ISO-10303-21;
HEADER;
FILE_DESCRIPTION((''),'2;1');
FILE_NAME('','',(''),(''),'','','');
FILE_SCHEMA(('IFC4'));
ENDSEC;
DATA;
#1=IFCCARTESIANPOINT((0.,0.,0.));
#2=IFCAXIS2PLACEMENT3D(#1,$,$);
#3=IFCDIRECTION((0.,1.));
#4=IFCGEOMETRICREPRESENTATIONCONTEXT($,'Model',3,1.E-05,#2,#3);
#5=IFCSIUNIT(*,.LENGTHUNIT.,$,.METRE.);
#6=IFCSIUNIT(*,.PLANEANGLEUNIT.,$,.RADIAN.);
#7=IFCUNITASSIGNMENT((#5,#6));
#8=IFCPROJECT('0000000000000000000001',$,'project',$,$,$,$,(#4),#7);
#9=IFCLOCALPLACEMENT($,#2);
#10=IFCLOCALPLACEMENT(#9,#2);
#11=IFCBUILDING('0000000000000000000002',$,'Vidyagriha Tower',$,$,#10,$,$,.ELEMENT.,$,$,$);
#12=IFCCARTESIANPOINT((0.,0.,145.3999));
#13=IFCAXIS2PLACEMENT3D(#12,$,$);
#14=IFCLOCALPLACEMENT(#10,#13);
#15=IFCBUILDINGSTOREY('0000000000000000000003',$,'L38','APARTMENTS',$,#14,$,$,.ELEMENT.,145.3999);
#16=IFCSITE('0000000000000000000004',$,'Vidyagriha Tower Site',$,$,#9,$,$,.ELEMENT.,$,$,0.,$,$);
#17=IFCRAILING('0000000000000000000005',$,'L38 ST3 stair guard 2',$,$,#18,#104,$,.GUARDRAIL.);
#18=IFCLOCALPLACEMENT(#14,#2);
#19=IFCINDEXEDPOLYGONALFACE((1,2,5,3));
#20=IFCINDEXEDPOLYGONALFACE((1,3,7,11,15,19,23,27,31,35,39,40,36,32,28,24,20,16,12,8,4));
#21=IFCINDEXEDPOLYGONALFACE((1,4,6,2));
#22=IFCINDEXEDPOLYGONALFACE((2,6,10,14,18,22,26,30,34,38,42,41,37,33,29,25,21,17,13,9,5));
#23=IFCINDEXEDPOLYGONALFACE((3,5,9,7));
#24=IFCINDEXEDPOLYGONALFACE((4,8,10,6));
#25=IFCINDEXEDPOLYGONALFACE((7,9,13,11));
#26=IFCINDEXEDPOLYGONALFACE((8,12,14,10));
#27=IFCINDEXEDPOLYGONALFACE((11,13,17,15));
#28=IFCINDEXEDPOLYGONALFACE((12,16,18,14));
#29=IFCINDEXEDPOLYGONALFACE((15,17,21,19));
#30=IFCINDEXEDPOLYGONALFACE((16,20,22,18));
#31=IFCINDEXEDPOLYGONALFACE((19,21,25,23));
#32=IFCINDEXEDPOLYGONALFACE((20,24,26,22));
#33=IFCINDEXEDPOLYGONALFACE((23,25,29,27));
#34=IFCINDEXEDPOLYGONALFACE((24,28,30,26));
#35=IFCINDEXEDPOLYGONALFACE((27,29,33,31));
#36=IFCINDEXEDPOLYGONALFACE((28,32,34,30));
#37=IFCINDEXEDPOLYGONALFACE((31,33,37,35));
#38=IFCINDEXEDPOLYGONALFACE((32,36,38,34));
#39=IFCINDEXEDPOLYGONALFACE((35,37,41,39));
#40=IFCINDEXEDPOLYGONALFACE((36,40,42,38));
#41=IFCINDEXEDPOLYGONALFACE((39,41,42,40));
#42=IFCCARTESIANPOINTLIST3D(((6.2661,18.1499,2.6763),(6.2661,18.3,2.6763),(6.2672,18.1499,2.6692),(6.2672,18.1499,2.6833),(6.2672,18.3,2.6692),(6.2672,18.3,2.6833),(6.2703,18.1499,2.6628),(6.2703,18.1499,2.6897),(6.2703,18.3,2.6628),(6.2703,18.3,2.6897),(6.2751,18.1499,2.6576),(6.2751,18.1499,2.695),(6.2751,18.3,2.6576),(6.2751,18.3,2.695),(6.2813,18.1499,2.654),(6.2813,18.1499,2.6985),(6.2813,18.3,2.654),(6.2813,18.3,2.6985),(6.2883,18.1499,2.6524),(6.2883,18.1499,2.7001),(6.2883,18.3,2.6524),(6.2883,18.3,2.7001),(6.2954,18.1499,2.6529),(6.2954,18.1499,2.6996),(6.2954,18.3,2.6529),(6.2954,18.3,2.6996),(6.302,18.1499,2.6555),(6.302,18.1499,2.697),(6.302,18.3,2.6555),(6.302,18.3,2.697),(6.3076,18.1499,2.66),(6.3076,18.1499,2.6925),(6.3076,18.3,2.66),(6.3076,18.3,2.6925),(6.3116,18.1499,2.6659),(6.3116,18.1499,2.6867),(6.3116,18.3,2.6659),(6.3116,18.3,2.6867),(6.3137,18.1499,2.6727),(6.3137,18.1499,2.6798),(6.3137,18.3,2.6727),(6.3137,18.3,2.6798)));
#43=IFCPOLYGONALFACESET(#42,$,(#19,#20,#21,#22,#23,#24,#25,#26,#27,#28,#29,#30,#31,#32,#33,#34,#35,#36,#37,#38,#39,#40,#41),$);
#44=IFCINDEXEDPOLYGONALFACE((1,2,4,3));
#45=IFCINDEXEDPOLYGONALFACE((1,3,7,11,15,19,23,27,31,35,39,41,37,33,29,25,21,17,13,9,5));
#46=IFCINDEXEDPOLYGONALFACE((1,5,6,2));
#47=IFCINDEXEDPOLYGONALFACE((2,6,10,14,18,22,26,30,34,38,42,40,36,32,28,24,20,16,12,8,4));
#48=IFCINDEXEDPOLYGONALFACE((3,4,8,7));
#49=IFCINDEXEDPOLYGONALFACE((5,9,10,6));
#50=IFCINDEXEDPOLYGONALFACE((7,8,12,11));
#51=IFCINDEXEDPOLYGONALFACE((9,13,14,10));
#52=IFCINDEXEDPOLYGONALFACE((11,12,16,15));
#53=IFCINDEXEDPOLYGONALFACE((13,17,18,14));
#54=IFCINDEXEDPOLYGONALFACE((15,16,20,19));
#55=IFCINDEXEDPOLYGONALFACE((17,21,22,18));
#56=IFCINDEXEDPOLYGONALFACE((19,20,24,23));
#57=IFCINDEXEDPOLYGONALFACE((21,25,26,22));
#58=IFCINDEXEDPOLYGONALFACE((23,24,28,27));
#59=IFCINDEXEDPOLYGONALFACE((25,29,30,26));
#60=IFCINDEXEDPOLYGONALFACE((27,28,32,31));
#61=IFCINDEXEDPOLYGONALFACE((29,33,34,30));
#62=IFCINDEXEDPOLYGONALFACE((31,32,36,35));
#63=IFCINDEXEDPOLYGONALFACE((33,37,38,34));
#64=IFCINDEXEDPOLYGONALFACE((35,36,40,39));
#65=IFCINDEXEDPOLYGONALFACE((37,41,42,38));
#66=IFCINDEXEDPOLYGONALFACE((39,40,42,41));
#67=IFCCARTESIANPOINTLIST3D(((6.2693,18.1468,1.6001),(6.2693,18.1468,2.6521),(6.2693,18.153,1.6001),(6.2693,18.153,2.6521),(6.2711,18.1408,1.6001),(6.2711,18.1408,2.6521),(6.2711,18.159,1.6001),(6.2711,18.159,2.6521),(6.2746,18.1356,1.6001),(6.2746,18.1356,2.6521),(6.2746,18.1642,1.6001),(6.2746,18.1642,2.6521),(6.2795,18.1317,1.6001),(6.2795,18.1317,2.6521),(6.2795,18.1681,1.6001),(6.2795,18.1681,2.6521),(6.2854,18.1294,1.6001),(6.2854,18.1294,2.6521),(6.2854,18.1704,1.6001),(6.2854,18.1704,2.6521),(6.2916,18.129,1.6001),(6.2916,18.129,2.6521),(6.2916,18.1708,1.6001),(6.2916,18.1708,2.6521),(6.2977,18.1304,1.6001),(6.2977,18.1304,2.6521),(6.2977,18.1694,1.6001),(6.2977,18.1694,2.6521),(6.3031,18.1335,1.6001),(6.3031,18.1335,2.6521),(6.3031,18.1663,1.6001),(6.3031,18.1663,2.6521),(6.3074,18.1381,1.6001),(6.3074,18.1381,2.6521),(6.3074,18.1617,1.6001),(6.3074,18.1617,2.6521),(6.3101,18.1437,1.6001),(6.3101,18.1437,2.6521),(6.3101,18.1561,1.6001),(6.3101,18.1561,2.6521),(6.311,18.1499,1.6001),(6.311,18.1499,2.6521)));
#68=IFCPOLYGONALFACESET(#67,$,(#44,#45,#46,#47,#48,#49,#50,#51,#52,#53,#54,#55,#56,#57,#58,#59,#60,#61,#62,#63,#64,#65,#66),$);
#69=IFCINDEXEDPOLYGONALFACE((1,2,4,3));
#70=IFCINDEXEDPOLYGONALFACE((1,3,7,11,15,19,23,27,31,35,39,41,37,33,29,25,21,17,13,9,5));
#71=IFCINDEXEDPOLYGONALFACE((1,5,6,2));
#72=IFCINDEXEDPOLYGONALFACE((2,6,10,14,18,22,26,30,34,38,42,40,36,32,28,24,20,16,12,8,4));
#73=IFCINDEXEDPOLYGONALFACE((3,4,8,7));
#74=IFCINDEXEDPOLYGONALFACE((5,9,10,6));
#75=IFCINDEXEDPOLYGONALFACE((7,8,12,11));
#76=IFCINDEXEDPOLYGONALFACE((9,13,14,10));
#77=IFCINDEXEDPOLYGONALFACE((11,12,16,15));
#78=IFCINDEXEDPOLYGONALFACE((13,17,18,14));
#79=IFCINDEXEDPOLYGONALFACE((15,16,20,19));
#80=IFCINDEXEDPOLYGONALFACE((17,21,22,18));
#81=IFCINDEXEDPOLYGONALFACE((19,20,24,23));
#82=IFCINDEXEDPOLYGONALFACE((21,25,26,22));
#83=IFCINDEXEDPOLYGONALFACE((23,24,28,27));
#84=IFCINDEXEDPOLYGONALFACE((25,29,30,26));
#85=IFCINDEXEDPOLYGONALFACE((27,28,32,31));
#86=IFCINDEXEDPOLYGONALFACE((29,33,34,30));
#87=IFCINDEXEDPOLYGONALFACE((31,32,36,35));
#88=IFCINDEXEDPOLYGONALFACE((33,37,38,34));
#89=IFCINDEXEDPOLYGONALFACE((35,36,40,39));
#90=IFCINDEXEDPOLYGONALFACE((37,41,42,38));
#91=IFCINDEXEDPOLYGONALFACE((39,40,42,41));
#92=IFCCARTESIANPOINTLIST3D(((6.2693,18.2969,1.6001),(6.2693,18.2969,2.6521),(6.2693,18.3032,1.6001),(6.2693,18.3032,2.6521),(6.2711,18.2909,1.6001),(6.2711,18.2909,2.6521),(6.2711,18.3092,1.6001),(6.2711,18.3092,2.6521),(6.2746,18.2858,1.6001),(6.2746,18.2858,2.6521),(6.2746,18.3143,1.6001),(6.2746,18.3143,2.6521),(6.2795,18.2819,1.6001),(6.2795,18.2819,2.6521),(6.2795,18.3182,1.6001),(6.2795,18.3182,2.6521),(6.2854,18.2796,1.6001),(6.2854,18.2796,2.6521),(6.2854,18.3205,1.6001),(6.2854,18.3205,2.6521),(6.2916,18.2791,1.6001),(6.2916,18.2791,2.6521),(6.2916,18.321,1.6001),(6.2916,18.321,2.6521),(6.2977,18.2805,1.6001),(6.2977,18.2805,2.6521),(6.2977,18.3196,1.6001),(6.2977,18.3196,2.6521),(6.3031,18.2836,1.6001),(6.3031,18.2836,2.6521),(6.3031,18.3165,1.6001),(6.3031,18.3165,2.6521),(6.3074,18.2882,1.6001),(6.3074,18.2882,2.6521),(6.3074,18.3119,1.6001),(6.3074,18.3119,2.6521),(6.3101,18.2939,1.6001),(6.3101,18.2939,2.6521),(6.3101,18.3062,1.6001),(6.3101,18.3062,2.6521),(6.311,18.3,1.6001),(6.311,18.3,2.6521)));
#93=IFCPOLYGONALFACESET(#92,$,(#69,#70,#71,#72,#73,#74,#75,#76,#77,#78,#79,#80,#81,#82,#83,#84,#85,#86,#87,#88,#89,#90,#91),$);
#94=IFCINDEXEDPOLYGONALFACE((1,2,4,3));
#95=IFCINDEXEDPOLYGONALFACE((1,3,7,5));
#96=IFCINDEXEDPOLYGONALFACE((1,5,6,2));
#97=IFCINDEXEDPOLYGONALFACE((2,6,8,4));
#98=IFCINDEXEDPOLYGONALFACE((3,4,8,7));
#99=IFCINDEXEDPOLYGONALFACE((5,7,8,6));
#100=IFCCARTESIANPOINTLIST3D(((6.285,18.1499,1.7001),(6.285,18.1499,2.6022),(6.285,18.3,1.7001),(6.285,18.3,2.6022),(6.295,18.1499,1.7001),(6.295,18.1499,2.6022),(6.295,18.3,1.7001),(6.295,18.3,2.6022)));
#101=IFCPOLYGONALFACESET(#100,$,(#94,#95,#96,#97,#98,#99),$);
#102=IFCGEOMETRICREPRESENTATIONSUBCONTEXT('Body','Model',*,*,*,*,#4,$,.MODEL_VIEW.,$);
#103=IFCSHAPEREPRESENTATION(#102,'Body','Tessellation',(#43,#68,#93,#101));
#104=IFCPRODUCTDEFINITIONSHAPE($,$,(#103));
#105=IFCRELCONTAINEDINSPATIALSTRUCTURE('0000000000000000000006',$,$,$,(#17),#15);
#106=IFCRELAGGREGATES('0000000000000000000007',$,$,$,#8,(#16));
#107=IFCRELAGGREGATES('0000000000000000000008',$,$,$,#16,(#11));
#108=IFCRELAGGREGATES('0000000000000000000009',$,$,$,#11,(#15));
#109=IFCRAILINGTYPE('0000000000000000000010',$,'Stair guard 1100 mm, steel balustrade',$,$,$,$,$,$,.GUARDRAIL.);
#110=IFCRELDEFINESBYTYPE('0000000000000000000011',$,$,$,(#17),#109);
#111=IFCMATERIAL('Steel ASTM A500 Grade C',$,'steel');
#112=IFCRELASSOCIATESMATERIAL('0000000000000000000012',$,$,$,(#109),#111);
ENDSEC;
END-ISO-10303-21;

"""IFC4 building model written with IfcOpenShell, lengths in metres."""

from ifc_helpers import new_model, si_unit, direction, frame, origin, origin_2d, place, context, subcontext, project, spatial, rectangle, circle, extrude, material, type_object, element, save


model = new_model("IFC4")

# Units and contexts
model_context = context("Model", 3, precision=1e-05, world=origin(), true_north=direction((0.0, 1.0)))
body_context = subcontext(model_context, "Body", "Model", "MODEL_VIEW")
ifc_project = project(units=[si_unit("LENGTHUNIT", "METRE"), si_unit("PLANEANGLEUNIT", "RADIAN")], contexts=[model_context])

# Site, building, storey
site_placement = place(None, origin())
site = spatial("IfcSite", under=ifc_project, at=site_placement, Name="Vidyagriha Tower Site", CompositionType="ELEMENT", RefElevation=0.0)
building_placement = place(site_placement, origin())
building = spatial("IfcBuilding", under=site, at=building_placement, Name="Vidyagriha Tower", CompositionType="ELEMENT")
storey_placement = place(building_placement, frame((0.0, 0.0, 145.3999)))
storey = spatial("IfcBuildingStorey", under=building, at=storey_placement, Name="L38", Description="APARTMENTS", CompositionType="ELEMENT", Elevation=145.3999)

# Railing
ifc_material_1 = material(Name="Steel ASTM A500 Grade C", Category="steel")
railing_type_1 = type_object("IfcRailingType", Name="Stair guard 1100 mm, steel balustrade", PredefinedType="GUARDRAIL", material=ifc_material_1)
railing_1_placement = place(storey_placement, frame((6.29, 18.1499, 1.6001)))
element("IfcRailing", 1, at=railing_1_placement, inside=storey, type_object=railing_type_1, Name="L38 ST3 stair guard 2", PredefinedType="GUARDRAIL", context=body_context, shape_type="SweptSolid", body=[
    extrude(circle(Radius=0.0239, at=origin_2d()), frame((0.0, 0.0, 1.0762), z_axis=(0.0, 1.0, 0.0), x_axis=(-1.0, 0.0, 0.0)), (0.0, 0.0, 1.0), 0.1501),
    extrude(circle(Radius=0.021, at=origin_2d()), origin(), (0.0, 0.0, 1.0), 1.052),
    extrude(circle(Radius=0.021, at=origin_2d()), frame((0.0, 0.1501, 0.0)), (0.0, 0.0, 1.0), 1.052),
    extrude(rectangle(XDim=0.01, YDim=0.9021, at=origin_2d()), frame((0.0, 0.0, 0.551), z_axis=(0.0, 1.0, 0.0), x_axis=(-1.0, 0.0, 0.0)), (0.0, 0.0, 1.0), 0.1501),
])

save(model, "model.ifc")
